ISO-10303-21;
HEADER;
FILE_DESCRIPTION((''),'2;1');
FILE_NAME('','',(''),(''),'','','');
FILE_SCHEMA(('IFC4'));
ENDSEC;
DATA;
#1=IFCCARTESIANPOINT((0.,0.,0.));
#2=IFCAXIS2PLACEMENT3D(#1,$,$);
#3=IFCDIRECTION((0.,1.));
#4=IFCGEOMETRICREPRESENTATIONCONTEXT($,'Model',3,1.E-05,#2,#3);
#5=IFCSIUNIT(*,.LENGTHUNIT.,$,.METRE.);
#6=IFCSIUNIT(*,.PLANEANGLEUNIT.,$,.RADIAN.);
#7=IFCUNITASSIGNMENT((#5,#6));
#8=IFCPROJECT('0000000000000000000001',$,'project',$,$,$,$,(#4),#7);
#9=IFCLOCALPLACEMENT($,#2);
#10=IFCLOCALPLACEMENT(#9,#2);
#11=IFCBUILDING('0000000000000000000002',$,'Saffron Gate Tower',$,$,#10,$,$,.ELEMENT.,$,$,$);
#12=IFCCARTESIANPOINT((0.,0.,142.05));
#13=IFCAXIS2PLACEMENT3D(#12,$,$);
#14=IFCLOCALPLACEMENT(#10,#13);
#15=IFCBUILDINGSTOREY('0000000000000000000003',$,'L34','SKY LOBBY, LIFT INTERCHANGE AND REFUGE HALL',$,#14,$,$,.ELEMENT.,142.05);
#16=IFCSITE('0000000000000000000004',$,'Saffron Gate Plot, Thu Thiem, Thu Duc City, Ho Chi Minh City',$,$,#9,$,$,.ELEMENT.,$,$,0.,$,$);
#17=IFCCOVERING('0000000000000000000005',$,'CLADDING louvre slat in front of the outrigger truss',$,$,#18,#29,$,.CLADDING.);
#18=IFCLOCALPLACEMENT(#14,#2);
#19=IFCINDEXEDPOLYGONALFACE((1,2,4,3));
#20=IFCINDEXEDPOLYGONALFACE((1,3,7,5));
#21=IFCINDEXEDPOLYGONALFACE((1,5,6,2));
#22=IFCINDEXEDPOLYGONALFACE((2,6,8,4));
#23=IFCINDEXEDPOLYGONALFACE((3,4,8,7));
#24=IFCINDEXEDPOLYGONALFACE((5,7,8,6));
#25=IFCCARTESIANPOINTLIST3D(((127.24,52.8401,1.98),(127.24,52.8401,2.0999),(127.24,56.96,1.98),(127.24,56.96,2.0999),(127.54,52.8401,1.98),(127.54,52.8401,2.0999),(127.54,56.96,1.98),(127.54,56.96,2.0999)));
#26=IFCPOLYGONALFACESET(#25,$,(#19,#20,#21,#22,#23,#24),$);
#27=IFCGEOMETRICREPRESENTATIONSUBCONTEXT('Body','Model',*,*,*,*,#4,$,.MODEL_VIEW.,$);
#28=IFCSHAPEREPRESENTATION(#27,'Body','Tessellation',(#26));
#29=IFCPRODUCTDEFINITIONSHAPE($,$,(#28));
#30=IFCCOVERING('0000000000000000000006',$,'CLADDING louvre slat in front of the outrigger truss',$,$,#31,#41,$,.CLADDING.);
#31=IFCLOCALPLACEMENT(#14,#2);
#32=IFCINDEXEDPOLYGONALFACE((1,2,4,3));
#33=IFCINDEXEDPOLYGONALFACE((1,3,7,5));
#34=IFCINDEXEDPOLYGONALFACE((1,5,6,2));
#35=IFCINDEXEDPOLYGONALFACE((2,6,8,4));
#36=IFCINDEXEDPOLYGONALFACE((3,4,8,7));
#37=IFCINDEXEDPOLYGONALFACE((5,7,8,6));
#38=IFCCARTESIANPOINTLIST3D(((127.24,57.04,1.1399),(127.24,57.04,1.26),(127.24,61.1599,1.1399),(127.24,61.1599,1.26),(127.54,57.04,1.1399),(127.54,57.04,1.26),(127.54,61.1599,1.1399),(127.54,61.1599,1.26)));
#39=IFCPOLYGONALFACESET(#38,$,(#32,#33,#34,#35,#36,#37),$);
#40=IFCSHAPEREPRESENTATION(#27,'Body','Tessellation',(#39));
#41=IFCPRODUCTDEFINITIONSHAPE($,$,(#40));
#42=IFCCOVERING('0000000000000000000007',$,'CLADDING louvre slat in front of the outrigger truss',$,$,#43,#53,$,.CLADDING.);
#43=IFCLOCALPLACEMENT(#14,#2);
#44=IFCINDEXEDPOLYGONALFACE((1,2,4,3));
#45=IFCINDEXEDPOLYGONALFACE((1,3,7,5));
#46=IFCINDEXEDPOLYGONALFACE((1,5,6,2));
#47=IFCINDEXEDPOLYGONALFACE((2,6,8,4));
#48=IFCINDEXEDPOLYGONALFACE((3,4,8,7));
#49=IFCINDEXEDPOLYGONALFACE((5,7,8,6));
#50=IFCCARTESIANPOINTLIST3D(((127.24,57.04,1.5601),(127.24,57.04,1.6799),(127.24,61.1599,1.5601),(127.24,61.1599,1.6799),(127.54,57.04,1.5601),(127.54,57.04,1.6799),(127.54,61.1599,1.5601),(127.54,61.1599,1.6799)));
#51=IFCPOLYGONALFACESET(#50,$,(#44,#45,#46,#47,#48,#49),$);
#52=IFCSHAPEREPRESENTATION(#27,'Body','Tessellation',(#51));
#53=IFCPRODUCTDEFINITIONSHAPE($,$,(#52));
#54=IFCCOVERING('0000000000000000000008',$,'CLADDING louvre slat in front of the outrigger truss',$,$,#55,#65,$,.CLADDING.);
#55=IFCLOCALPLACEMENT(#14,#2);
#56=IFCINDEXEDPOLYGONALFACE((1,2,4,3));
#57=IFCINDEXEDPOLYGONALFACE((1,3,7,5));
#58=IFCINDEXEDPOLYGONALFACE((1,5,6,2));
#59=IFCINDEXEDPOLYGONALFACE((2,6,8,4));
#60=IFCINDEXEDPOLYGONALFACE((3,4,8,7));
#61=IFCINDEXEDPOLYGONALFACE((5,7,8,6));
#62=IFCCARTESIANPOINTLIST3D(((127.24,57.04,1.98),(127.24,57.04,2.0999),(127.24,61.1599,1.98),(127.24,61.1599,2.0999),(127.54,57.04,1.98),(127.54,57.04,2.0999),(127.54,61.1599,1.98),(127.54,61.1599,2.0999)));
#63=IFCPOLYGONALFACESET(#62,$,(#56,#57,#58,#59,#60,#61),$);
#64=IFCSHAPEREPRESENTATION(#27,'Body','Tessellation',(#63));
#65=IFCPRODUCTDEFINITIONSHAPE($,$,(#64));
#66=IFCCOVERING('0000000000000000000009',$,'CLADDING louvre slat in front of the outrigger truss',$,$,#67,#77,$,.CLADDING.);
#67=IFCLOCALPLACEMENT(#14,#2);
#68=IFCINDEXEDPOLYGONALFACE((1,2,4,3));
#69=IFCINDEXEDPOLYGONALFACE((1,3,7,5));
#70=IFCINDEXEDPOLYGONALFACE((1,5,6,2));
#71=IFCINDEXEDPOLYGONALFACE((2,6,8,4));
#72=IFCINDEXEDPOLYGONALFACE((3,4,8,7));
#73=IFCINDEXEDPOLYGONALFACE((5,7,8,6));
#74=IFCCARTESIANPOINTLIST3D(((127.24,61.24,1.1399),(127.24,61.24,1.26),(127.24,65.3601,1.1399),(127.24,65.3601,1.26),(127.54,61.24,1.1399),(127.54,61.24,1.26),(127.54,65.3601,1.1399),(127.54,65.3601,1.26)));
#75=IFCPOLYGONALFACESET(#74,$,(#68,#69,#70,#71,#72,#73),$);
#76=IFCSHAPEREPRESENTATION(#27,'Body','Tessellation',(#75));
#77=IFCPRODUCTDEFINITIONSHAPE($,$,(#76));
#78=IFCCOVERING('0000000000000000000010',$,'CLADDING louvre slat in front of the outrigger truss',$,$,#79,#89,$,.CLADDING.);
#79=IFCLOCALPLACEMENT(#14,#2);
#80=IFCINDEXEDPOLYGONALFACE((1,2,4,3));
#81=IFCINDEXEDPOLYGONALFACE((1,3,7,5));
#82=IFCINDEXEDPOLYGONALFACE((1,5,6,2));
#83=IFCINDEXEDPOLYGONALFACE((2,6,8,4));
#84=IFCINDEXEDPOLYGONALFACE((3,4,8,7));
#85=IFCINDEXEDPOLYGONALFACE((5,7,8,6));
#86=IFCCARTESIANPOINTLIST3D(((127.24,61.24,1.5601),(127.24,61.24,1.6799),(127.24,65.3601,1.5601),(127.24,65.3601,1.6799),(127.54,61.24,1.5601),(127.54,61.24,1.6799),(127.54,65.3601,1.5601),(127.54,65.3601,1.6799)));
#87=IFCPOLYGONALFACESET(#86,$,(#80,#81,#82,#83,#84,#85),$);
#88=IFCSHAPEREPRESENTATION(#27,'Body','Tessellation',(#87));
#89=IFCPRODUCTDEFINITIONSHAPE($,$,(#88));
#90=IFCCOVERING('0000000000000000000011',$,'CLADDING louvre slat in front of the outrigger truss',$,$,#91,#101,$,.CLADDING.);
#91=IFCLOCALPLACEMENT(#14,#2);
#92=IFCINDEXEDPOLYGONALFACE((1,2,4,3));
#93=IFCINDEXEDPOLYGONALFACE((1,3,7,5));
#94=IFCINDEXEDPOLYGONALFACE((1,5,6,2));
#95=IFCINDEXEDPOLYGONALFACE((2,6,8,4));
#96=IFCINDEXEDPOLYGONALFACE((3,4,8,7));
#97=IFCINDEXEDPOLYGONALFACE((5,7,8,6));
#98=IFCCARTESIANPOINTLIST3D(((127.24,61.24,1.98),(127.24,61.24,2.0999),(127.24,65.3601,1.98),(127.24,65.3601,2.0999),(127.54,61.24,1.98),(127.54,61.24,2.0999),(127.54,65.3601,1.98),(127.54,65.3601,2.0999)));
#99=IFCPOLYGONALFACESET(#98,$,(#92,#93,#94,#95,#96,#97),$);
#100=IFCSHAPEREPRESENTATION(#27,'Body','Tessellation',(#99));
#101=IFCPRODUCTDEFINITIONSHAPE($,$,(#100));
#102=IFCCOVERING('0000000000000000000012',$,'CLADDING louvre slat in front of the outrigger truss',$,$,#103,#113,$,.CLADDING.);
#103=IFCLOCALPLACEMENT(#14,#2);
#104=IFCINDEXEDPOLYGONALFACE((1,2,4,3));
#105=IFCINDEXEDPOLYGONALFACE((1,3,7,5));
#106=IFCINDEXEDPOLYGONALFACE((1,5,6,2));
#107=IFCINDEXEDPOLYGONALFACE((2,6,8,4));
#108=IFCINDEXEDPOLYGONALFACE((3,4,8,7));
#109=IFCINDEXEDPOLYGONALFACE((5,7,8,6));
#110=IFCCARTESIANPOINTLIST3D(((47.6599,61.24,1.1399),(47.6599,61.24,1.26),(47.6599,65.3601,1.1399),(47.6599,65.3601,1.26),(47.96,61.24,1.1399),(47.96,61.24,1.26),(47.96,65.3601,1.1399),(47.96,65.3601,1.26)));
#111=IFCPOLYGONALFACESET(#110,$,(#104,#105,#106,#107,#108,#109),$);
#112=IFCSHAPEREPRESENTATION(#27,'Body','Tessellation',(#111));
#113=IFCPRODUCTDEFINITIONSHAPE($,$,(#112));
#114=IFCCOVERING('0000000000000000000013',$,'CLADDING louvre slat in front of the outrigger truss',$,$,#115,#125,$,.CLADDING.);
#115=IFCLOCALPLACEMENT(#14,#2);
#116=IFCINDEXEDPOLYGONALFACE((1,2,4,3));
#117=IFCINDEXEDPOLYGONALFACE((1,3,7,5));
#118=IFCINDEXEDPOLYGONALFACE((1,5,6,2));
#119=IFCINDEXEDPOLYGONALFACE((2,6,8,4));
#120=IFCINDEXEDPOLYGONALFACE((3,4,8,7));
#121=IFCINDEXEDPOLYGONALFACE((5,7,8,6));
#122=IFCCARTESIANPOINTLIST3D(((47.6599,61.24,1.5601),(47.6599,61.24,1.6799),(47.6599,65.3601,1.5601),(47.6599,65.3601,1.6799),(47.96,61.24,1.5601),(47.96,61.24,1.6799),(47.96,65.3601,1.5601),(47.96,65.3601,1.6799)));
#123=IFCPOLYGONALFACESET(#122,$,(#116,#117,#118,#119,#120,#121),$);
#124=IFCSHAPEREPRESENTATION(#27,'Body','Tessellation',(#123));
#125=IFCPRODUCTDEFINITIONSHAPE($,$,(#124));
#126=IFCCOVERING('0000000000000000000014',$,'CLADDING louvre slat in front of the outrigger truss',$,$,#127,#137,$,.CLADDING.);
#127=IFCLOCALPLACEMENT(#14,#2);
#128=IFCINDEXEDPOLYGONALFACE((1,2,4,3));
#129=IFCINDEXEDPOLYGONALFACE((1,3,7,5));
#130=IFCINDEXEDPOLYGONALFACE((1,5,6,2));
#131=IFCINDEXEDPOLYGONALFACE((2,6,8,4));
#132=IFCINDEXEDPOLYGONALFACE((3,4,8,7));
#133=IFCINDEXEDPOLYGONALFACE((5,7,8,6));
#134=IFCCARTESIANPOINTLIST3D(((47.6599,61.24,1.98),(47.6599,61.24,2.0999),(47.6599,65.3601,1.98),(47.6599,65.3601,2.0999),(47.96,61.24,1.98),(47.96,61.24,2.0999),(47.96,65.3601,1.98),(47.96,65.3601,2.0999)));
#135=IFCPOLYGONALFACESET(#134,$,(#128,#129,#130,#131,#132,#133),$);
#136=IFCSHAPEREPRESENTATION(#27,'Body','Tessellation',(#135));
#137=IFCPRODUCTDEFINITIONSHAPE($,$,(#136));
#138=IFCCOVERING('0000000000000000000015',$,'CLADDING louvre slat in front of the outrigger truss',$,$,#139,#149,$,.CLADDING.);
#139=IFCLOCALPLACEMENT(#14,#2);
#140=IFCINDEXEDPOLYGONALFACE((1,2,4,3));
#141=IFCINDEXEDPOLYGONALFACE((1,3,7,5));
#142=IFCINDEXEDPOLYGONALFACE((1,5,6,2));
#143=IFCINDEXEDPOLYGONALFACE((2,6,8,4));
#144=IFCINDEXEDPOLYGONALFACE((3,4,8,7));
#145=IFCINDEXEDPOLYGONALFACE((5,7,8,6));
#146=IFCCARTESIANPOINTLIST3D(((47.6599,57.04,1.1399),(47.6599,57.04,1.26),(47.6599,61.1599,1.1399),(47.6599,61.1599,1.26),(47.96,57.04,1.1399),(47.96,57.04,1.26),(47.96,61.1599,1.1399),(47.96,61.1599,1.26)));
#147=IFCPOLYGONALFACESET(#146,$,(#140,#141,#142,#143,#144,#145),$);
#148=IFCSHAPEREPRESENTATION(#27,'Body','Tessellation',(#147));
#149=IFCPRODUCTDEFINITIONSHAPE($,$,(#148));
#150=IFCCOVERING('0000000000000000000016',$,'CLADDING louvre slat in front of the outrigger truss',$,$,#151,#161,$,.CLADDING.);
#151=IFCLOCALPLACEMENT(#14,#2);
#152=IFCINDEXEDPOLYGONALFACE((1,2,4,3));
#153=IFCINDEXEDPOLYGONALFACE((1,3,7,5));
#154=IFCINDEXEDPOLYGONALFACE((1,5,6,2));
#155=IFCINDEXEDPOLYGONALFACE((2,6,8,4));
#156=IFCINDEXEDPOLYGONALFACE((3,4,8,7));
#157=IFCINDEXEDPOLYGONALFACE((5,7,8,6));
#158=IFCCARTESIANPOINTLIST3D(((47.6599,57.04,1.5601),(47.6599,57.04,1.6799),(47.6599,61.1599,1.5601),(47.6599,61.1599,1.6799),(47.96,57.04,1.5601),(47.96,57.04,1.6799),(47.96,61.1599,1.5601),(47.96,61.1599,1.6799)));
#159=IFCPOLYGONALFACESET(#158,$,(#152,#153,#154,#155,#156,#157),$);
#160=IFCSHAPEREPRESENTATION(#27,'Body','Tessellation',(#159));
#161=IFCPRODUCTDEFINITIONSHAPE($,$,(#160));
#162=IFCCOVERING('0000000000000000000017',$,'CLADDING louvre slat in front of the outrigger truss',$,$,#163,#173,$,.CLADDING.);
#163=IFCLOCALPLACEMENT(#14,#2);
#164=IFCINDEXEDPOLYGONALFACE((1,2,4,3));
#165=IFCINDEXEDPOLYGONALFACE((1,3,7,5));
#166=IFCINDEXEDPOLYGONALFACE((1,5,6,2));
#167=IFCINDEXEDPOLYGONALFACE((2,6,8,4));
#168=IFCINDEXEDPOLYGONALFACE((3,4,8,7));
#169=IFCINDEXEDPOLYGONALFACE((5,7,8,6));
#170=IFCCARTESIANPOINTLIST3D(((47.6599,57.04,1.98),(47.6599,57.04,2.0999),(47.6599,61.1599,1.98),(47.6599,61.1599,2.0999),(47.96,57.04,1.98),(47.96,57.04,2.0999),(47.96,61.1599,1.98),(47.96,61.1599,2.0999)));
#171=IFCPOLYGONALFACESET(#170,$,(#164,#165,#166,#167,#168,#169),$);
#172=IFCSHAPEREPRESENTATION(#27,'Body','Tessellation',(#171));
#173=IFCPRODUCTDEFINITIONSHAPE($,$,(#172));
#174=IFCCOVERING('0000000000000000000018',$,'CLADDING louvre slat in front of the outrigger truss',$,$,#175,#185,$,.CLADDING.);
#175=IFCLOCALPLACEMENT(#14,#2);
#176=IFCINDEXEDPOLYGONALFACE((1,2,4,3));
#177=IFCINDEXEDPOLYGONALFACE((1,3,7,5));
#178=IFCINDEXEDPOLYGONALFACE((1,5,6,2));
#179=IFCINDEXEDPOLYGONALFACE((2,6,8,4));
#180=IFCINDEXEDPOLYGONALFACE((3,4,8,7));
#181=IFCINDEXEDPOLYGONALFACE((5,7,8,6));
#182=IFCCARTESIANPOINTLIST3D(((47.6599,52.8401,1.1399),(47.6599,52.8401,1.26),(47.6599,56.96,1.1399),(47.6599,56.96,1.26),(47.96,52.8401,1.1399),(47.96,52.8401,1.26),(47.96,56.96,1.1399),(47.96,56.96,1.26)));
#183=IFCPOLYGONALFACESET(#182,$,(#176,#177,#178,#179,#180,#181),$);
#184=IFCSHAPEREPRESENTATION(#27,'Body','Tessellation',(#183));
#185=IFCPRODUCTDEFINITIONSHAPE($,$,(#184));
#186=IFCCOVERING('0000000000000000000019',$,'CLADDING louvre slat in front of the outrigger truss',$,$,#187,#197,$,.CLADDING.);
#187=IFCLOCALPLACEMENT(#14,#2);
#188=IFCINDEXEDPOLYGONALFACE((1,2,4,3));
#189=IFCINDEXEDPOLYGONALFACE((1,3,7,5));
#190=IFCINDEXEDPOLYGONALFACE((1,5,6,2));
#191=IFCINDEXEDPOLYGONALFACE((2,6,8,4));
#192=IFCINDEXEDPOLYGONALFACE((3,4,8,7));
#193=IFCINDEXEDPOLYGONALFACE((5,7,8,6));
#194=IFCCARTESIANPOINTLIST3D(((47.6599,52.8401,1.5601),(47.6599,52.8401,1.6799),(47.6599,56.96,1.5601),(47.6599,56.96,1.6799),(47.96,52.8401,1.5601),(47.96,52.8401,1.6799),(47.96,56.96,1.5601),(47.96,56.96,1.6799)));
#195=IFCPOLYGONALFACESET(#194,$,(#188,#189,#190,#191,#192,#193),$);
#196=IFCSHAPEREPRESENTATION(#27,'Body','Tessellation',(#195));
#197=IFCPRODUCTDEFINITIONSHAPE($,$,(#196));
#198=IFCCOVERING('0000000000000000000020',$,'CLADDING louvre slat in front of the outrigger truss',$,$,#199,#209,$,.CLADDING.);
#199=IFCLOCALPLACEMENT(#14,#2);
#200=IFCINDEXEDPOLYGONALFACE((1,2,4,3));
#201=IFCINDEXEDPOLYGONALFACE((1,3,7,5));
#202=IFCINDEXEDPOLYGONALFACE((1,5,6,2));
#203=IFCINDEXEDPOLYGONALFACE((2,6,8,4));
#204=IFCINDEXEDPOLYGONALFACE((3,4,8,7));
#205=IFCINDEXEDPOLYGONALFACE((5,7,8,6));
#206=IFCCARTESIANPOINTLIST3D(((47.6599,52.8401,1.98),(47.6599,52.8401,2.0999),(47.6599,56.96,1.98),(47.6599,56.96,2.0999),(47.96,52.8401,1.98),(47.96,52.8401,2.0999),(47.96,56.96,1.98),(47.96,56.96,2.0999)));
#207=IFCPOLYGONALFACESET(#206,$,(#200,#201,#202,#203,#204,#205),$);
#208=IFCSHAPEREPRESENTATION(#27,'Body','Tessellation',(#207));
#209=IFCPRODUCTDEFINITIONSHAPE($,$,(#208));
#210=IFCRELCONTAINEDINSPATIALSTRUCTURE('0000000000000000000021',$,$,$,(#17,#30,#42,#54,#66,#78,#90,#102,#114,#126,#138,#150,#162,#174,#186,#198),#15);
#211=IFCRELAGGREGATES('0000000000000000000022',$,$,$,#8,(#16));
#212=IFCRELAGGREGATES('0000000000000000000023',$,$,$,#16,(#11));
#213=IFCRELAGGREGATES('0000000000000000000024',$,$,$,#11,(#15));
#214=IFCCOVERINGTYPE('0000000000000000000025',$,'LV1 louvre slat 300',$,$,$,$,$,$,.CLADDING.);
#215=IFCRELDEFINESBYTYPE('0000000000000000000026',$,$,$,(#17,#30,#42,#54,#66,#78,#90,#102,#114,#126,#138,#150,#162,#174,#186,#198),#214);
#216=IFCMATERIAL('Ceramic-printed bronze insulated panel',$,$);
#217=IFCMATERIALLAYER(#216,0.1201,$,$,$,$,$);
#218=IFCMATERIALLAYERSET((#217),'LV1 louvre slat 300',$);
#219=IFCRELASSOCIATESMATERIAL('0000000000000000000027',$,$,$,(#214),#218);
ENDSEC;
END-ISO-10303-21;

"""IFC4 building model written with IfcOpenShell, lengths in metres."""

from ifc_helpers import new_model, si_unit, direction, frame, origin, place, context, subcontext, project, spatial, polyline, outline, extrude, material, layer, layer_set, type_object, element, save


model = new_model("IFC4")

# Units and contexts
model_context = context("Model", 3, precision=1e-05, world=origin(), true_north=direction((0.0, 1.0)))
body_context = subcontext(model_context, "Body", "Model", "MODEL_VIEW")
ifc_project = project(units=[si_unit("LENGTHUNIT", "METRE"), si_unit("PLANEANGLEUNIT", "RADIAN")], contexts=[model_context])

# Site, building, storey
site_placement = place(None, origin())
site = spatial("IfcSite", under=ifc_project, at=site_placement, Name="Saffron Gate Plot, Thu Thiem, Thu Duc City, Ho Chi Minh City", CompositionType="ELEMENT", RefElevation=0.0)
building_placement = place(site_placement, origin())
building = spatial("IfcBuilding", under=site, at=building_placement, Name="Saffron Gate Tower", CompositionType="ELEMENT")
storey_placement = place(building_placement, frame((0.0, 0.0, 142.05)))
storey = spatial("IfcBuildingStorey", under=building, at=storey_placement, Name="L34", Description="SKY LOBBY, LIFT INTERCHANGE AND REFUGE HALL", CompositionType="ELEMENT", Elevation=142.05)

# Coverings
ifc_material = material(Name="Ceramic-printed bronze insulated panel")
ifc_layer = layer(ifc_material, 0.1201)
ifc_layer_set = layer_set([ifc_layer], Name="LV1 louvre slat 300")
covering_type = type_object("IfcCoveringType", Name="LV1 louvre slat 300", PredefinedType="CLADDING", material=ifc_layer_set)
covering_1_placement = place(storey_placement, frame((0.0, 0.0, 1.98)))
element("IfcCovering", 1, at=covering_1_placement, inside=storey, type_object=covering_type, Name="CLADDING louvre slat in front of the outrigger truss", PredefinedType="CLADDING", context=body_context, shape_type="SweptSolid", body=[
    extrude(outline(polyline([(127.54, 52.8401), (127.54, 56.96), (127.24, 56.96), (127.24, 52.8401), (127.54, 52.8401)])), origin(), (0.0, 0.0, 1.0), 0.1199),
])
covering_2_placement = place(storey_placement, frame((0.0, 0.0, 1.1399)))
element("IfcCovering", 2, at=covering_2_placement, inside=storey, type_object=covering_type, Name="CLADDING louvre slat in front of the outrigger truss", PredefinedType="CLADDING", context=body_context, shape_type="SweptSolid", body=[
    extrude(outline(polyline([(127.54, 57.04), (127.54, 61.1599), (127.24, 61.1599), (127.24, 57.04), (127.54, 57.04)])), origin(), (0.0, 0.0, 1.0), 0.1201),
])
for number, where, name in (
    (3, (0.0, 0.0, 1.5601), "CLADDING louvre slat in front of the outrigger truss"),
    (4, (0.0, 0.0, 1.98), "CLADDING louvre slat in front of the outrigger truss"),
):
    element("IfcCovering", number, at=place(storey_placement, frame(where)), inside=storey, type_object=covering_type, Name=name, PredefinedType="CLADDING", context=body_context, shape_type="SweptSolid", body=[
        extrude(outline(polyline([(127.54, 57.04), (127.54, 61.1599), (127.24, 61.1599), (127.24, 57.04), (127.54, 57.04)])), origin(), (0.0, 0.0, 1.0), 0.1199),
    ])
covering_3_placement = place(storey_placement, frame((0.0, 0.0, 1.1399)))
element("IfcCovering", 5, at=covering_3_placement, inside=storey, type_object=covering_type, Name="CLADDING louvre slat in front of the outrigger truss", PredefinedType="CLADDING", context=body_context, shape_type="SweptSolid", body=[
    extrude(outline(polyline([(127.54, 61.24), (127.54, 65.3601), (127.24, 65.3601), (127.24, 61.24), (127.54, 61.24)])), origin(), (0.0, 0.0, 1.0), 0.1201),
])
for number, where, name in (
    (6, (0.0, 0.0, 1.5601), "CLADDING louvre slat in front of the outrigger truss"),
    (7, (0.0, 0.0, 1.98), "CLADDING louvre slat in front of the outrigger truss"),
):
    element("IfcCovering", number, at=place(storey_placement, frame(where)), inside=storey, type_object=covering_type, Name=name, PredefinedType="CLADDING", context=body_context, shape_type="SweptSolid", body=[
        extrude(outline(polyline([(127.54, 61.24), (127.54, 65.3601), (127.24, 65.3601), (127.24, 61.24), (127.54, 61.24)])), origin(), (0.0, 0.0, 1.0), 0.1199),
    ])
covering_4_placement = place(storey_placement, frame((0.0, 0.0, 1.1399)))
element("IfcCovering", 8, at=covering_4_placement, inside=storey, type_object=covering_type, Name="CLADDING louvre slat in front of the outrigger truss", PredefinedType="CLADDING", context=body_context, shape_type="SweptSolid", body=[
    extrude(outline(polyline([(47.6599, 65.3601), (47.6599, 61.24), (47.96, 61.24), (47.96, 65.3601), (47.6599, 65.3601)])), origin(), (0.0, 0.0, 1.0), 0.1201),
])
for number, where, name in (
    (9, (0.0, 0.0, 1.5601), "CLADDING louvre slat in front of the outrigger truss"),
    (10, (0.0, 0.0, 1.98), "CLADDING louvre slat in front of the outrigger truss"),
):
    element("IfcCovering", number, at=place(storey_placement, frame(where)), inside=storey, type_object=covering_type, Name=name, PredefinedType="CLADDING", context=body_context, shape_type="SweptSolid", body=[
        extrude(outline(polyline([(47.6599, 65.3601), (47.6599, 61.24), (47.96, 61.24), (47.96, 65.3601), (47.6599, 65.3601)])), origin(), (0.0, 0.0, 1.0), 0.1199),
    ])
covering_5_placement = place(storey_placement, frame((0.0, 0.0, 1.1399)))
element("IfcCovering", 11, at=covering_5_placement, inside=storey, type_object=covering_type, Name="CLADDING louvre slat in front of the outrigger truss", PredefinedType="CLADDING", context=body_context, shape_type="SweptSolid", body=[
    extrude(outline(polyline([(47.6599, 61.1599), (47.6599, 57.04), (47.96, 57.04), (47.96, 61.1599), (47.6599, 61.1599)])), origin(), (0.0, 0.0, 1.0), 0.1201),
])
for number, where, name in (
    (12, (0.0, 0.0, 1.5601), "CLADDING louvre slat in front of the outrigger truss"),
    (13, (0.0, 0.0, 1.98), "CLADDING louvre slat in front of the outrigger truss"),
):
    element("IfcCovering", number, at=place(storey_placement, frame(where)), inside=storey, type_object=covering_type, Name=name, PredefinedType="CLADDING", context=body_context, shape_type="SweptSolid", body=[
        extrude(outline(polyline([(47.6599, 61.1599), (47.6599, 57.04), (47.96, 57.04), (47.96, 61.1599), (47.6599, 61.1599)])), origin(), (0.0, 0.0, 1.0), 0.1199),
    ])
covering_6_placement = place(storey_placement, frame((0.0, 0.0, 1.1399)))
element("IfcCovering", 14, at=covering_6_placement, inside=storey, type_object=covering_type, Name="CLADDING louvre slat in front of the outrigger truss", PredefinedType="CLADDING", context=body_context, shape_type="SweptSolid", body=[
    extrude(outline(polyline([(47.6599, 56.96), (47.6599, 52.8401), (47.96, 52.8401), (47.96, 56.96), (47.6599, 56.96)])), origin(), (0.0, 0.0, 1.0), 0.1201),
])
for number, where, name in (
    (15, (0.0, 0.0, 1.5601), "CLADDING louvre slat in front of the outrigger truss"),
    (16, (0.0, 0.0, 1.98), "CLADDING louvre slat in front of the outrigger truss"),
):
    element("IfcCovering", number, at=place(storey_placement, frame(where)), inside=storey, type_object=covering_type, Name=name, PredefinedType="CLADDING", context=body_context, shape_type="SweptSolid", body=[
        extrude(outline(polyline([(47.6599, 56.96), (47.6599, 52.8401), (47.96, 52.8401), (47.96, 56.96), (47.6599, 56.96)])), origin(), (0.0, 0.0, 1.0), 0.1199),
    ])

save(model, "model.ifc")
